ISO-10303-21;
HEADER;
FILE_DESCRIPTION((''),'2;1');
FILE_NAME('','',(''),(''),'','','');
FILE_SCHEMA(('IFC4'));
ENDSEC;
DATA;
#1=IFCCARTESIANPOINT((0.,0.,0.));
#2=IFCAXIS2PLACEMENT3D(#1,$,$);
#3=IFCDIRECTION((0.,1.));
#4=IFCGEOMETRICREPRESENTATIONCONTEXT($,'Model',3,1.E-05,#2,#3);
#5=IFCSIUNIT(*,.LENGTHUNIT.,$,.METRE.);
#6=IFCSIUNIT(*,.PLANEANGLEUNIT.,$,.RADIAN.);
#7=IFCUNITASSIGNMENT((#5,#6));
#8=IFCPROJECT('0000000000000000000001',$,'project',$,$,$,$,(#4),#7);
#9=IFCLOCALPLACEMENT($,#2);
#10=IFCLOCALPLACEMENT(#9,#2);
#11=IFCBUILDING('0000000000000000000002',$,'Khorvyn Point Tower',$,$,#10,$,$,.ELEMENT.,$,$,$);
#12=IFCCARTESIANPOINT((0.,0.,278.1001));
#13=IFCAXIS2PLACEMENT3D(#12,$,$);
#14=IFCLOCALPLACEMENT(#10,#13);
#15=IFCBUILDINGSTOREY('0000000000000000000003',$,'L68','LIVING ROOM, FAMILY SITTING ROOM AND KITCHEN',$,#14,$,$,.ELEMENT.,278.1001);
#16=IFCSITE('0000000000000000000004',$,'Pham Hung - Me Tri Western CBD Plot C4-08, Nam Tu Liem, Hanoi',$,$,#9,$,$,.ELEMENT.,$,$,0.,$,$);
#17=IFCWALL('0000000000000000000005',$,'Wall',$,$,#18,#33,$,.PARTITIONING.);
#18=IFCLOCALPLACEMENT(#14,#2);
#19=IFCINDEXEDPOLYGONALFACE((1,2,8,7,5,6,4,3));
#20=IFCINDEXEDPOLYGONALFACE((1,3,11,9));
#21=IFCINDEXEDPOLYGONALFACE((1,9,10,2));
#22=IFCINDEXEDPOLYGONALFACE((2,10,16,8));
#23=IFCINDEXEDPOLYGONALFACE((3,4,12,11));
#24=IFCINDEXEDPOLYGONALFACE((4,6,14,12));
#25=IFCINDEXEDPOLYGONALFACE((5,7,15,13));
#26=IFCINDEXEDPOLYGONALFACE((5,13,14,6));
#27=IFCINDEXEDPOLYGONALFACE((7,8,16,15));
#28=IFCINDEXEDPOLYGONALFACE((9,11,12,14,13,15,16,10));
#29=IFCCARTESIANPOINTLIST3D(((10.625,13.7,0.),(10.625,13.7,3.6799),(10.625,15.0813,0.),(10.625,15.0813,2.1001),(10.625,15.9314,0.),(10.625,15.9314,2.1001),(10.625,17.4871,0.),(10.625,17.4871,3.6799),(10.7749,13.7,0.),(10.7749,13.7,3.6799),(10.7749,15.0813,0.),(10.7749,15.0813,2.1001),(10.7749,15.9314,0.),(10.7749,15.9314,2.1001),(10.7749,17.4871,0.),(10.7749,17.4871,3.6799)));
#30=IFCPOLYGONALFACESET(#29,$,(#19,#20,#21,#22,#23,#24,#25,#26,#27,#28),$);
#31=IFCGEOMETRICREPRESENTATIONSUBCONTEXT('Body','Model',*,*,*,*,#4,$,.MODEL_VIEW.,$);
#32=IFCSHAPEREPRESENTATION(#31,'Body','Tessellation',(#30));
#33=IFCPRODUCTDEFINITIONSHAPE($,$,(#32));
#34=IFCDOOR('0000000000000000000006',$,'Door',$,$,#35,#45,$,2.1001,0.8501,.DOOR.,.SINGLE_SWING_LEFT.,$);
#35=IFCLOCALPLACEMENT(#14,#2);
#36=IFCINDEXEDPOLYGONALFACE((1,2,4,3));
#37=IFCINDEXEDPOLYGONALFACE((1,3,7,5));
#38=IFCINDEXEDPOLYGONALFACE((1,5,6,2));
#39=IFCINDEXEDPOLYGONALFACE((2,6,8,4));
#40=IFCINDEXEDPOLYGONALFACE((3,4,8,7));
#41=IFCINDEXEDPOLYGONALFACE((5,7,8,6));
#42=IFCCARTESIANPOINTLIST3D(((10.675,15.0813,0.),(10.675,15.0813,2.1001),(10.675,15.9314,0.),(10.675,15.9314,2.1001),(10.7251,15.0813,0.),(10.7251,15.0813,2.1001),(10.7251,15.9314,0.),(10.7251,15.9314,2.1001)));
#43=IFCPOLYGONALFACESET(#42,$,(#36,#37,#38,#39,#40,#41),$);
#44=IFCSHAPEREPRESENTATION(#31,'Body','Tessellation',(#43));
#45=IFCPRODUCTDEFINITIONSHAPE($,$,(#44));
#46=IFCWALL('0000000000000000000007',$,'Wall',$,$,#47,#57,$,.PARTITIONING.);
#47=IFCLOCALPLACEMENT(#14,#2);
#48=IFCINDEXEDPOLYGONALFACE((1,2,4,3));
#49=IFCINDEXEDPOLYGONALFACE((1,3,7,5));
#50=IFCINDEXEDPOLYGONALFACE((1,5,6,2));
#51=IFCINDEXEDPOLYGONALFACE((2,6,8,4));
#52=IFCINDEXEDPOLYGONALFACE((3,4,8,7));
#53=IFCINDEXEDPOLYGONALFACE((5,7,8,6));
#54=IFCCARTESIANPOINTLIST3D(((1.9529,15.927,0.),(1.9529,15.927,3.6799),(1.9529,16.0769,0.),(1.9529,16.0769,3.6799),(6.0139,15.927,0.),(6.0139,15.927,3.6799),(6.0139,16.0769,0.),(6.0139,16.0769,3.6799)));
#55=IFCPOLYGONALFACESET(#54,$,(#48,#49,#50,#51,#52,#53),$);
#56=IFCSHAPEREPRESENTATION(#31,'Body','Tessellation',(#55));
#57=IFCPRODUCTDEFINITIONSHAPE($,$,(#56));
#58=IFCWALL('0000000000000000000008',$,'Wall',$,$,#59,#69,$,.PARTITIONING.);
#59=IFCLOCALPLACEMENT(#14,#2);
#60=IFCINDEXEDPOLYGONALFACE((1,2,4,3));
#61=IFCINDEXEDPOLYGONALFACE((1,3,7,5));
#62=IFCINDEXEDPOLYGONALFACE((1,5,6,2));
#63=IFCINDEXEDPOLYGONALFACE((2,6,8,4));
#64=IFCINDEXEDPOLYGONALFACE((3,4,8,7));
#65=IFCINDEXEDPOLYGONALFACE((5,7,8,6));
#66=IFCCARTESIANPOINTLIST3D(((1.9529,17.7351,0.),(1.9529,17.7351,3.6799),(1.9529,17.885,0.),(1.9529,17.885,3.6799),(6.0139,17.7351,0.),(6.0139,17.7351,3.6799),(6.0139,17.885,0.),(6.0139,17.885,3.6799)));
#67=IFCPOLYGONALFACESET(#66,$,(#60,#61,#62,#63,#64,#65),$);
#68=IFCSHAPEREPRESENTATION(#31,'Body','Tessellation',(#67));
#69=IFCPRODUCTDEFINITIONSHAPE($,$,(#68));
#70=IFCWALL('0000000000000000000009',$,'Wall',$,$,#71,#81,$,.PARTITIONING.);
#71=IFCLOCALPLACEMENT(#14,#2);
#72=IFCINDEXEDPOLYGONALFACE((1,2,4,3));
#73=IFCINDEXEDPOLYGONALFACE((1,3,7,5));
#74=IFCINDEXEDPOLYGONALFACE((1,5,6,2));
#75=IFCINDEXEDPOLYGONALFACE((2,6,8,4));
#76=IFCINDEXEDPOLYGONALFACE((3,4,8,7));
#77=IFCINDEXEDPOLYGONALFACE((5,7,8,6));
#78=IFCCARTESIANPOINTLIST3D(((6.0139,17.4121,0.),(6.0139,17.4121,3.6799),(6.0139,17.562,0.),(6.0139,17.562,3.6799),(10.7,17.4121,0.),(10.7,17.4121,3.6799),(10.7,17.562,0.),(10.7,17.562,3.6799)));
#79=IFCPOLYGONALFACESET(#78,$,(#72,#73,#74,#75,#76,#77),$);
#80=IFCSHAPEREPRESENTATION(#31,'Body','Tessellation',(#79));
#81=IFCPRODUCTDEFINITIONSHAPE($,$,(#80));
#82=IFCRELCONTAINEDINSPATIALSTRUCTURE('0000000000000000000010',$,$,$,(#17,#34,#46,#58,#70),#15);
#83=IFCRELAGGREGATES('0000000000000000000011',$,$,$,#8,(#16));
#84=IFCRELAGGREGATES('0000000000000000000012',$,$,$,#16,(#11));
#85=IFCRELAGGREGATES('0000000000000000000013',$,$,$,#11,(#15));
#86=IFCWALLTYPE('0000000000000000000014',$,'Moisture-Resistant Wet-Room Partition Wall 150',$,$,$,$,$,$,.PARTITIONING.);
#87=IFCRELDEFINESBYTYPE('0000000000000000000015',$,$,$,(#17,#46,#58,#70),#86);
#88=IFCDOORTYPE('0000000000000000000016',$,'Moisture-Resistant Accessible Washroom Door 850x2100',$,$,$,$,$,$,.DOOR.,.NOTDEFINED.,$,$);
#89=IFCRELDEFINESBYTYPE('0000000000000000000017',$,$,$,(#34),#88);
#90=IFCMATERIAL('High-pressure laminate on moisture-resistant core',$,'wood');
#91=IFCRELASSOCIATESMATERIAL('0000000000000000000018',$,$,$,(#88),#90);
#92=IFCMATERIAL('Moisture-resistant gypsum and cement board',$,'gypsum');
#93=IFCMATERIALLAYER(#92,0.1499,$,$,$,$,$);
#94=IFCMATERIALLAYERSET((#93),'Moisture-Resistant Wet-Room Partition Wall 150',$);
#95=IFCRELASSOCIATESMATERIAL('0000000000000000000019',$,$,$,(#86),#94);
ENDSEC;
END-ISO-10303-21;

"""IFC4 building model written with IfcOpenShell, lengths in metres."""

from ifc_helpers import new_model, si_unit, direction, frame, frame_2d, origin, place, context, subcontext, project, spatial, rectangle, extrude, material, layer, layer_set, type_object, element, fill, save


model = new_model("IFC4")

# Units and contexts
model_context = context("Model", 3, precision=1e-05, world=origin(), true_north=direction((0.0, 1.0)))
body_context = subcontext(model_context, "Body", "Model", "MODEL_VIEW")
ifc_project = project(units=[si_unit("LENGTHUNIT", "METRE"), si_unit("PLANEANGLEUNIT", "RADIAN")], contexts=[model_context])

# Site, building, storey
site_placement = place(None, origin())
site = spatial("IfcSite", under=ifc_project, at=site_placement, Name="Pham Hung - Me Tri Western CBD Plot C4-08, Nam Tu Liem, Hanoi", CompositionType="ELEMENT", RefElevation=0.0)
building_placement = place(site_placement, origin())
building = spatial("IfcBuilding", under=site, at=building_placement, Name="Khorvyn Point Tower", CompositionType="ELEMENT")
storey_placement = place(building_placement, frame((0.0, 0.0, 278.1001)))
storey = spatial("IfcBuildingStorey", under=building, at=storey_placement, Name="L68", Description="LIVING ROOM, FAMILY SITTING ROOM AND KITCHEN", CompositionType="ELEMENT", Elevation=278.1001)

# Wall, opening, door
ifc_material_1 = material(Name="High-pressure laminate on moisture-resistant core", Category="wood")
door_type_1 = type_object("IfcDoorType", Name="Moisture-Resistant Accessible Washroom Door 850x2100", OperationType="NOTDEFINED", PredefinedType="DOOR", material=ifc_material_1)
ifc_material_2 = material(Name="Moisture-resistant gypsum and cement board", Category="gypsum")
ifc_layer_1 = layer(ifc_material_2, 0.1499)
ifc_layer_set_1 = layer_set([ifc_layer_1], Name="Moisture-Resistant Wet-Room Partition Wall 150")
wall_type_1 = type_object("IfcWallType", Name="Moisture-Resistant Wet-Room Partition Wall 150", PredefinedType="PARTITIONING", material=ifc_layer_set_1)
wall_1_placement = place(storey_placement, frame((10.7, 13.7, 0.0), z_axis=(0.0, 0.0, 1.0), x_axis=(0.0, 1.0, 0.0)))
wall_1 = element("IfcWall", 1, at=wall_1_placement, inside=storey, type_object=wall_type_1, Name="Wall", PredefinedType="PARTITIONING", context=body_context, shape_type="SweptSolid", body=[
    extrude(rectangle(XDim=3.7871, YDim=0.1499, at=frame_2d((1.8936, 0.0))), origin(), (0.0, 0.0, 1.0), 3.6799),
])
opening_1_placement = place(wall_1_placement, frame((1.3813, 0.0, 0.0)))
opening_1 = element("IfcOpeningElement", 2, at=opening_1_placement, cuts=wall_1, PredefinedType="OPENING", context=body_context, shape_type="SweptSolid", body=[
    extrude(rectangle(XDim=0.8501, YDim=2.1001, at=frame_2d((0.425, 1.05))), frame((0.0, 0.085, 0.0), z_axis=(0.0, -1.0, 0.0), x_axis=(1.0, 0.0, 0.0)), (0.0, 0.0, 1.0), 0.1699),
])
door_1_placement = place(opening_1_placement, origin())
door_1 = element("IfcDoor", 3, at=door_1_placement, inside=storey, type_object=door_type_1, Name="Door", OperationType="SINGLE_SWING_LEFT", OverallHeight=2.1001, OverallWidth=0.8501, PredefinedType="DOOR", context=body_context, shape_type="SweptSolid", body=[
    extrude(rectangle(XDim=0.8501, YDim=2.1001, at=frame_2d((0.425, 1.05))), frame((0.0, 0.0249, 0.0), z_axis=(0.0, -1.0, 0.0), x_axis=(1.0, 0.0, 0.0)), (0.0, 0.0, 1.0), 0.05),
])
fill(opening_1, door_1)

# Walls
for number, where, z_axis, x_axis, name in (
    (4, (1.9529, 16.002, 0.0), (0.0, 0.0, 1.0), (1.0, 0.0, 0.0), "Wall"),
    (5, (1.9529, 17.8101, 0.0), (0.0, 0.0, 1.0), (1.0, 0.0, 0.0), "Wall"),
):
    element("IfcWall", number, at=place(storey_placement, frame(where, z_axis=z_axis, x_axis=x_axis)), inside=storey, type_object=wall_type_1, Name=name, PredefinedType="PARTITIONING", context=body_context, shape_type="SweptSolid", body=[
        extrude(rectangle(XDim=4.061, YDim=0.1499, at=frame_2d((2.0305, 0.0))), origin(), (0.0, 0.0, 1.0), 3.6799),
    ])
wall_2_placement = place(storey_placement, frame((6.0139, 17.4871, 0.0), z_axis=(0.0, 0.0, 1.0), x_axis=(1.0, 0.0, 0.0)))
element("IfcWall", 6, at=wall_2_placement, inside=storey, type_object=wall_type_1, Name="Wall", PredefinedType="PARTITIONING", context=body_context, shape_type="SweptSolid", body=[
    extrude(rectangle(XDim=4.686, YDim=0.1499, at=frame_2d((2.343, 0.0))), origin(), (0.0, 0.0, 1.0), 3.6799),
])

save(model, "model.ifc")
